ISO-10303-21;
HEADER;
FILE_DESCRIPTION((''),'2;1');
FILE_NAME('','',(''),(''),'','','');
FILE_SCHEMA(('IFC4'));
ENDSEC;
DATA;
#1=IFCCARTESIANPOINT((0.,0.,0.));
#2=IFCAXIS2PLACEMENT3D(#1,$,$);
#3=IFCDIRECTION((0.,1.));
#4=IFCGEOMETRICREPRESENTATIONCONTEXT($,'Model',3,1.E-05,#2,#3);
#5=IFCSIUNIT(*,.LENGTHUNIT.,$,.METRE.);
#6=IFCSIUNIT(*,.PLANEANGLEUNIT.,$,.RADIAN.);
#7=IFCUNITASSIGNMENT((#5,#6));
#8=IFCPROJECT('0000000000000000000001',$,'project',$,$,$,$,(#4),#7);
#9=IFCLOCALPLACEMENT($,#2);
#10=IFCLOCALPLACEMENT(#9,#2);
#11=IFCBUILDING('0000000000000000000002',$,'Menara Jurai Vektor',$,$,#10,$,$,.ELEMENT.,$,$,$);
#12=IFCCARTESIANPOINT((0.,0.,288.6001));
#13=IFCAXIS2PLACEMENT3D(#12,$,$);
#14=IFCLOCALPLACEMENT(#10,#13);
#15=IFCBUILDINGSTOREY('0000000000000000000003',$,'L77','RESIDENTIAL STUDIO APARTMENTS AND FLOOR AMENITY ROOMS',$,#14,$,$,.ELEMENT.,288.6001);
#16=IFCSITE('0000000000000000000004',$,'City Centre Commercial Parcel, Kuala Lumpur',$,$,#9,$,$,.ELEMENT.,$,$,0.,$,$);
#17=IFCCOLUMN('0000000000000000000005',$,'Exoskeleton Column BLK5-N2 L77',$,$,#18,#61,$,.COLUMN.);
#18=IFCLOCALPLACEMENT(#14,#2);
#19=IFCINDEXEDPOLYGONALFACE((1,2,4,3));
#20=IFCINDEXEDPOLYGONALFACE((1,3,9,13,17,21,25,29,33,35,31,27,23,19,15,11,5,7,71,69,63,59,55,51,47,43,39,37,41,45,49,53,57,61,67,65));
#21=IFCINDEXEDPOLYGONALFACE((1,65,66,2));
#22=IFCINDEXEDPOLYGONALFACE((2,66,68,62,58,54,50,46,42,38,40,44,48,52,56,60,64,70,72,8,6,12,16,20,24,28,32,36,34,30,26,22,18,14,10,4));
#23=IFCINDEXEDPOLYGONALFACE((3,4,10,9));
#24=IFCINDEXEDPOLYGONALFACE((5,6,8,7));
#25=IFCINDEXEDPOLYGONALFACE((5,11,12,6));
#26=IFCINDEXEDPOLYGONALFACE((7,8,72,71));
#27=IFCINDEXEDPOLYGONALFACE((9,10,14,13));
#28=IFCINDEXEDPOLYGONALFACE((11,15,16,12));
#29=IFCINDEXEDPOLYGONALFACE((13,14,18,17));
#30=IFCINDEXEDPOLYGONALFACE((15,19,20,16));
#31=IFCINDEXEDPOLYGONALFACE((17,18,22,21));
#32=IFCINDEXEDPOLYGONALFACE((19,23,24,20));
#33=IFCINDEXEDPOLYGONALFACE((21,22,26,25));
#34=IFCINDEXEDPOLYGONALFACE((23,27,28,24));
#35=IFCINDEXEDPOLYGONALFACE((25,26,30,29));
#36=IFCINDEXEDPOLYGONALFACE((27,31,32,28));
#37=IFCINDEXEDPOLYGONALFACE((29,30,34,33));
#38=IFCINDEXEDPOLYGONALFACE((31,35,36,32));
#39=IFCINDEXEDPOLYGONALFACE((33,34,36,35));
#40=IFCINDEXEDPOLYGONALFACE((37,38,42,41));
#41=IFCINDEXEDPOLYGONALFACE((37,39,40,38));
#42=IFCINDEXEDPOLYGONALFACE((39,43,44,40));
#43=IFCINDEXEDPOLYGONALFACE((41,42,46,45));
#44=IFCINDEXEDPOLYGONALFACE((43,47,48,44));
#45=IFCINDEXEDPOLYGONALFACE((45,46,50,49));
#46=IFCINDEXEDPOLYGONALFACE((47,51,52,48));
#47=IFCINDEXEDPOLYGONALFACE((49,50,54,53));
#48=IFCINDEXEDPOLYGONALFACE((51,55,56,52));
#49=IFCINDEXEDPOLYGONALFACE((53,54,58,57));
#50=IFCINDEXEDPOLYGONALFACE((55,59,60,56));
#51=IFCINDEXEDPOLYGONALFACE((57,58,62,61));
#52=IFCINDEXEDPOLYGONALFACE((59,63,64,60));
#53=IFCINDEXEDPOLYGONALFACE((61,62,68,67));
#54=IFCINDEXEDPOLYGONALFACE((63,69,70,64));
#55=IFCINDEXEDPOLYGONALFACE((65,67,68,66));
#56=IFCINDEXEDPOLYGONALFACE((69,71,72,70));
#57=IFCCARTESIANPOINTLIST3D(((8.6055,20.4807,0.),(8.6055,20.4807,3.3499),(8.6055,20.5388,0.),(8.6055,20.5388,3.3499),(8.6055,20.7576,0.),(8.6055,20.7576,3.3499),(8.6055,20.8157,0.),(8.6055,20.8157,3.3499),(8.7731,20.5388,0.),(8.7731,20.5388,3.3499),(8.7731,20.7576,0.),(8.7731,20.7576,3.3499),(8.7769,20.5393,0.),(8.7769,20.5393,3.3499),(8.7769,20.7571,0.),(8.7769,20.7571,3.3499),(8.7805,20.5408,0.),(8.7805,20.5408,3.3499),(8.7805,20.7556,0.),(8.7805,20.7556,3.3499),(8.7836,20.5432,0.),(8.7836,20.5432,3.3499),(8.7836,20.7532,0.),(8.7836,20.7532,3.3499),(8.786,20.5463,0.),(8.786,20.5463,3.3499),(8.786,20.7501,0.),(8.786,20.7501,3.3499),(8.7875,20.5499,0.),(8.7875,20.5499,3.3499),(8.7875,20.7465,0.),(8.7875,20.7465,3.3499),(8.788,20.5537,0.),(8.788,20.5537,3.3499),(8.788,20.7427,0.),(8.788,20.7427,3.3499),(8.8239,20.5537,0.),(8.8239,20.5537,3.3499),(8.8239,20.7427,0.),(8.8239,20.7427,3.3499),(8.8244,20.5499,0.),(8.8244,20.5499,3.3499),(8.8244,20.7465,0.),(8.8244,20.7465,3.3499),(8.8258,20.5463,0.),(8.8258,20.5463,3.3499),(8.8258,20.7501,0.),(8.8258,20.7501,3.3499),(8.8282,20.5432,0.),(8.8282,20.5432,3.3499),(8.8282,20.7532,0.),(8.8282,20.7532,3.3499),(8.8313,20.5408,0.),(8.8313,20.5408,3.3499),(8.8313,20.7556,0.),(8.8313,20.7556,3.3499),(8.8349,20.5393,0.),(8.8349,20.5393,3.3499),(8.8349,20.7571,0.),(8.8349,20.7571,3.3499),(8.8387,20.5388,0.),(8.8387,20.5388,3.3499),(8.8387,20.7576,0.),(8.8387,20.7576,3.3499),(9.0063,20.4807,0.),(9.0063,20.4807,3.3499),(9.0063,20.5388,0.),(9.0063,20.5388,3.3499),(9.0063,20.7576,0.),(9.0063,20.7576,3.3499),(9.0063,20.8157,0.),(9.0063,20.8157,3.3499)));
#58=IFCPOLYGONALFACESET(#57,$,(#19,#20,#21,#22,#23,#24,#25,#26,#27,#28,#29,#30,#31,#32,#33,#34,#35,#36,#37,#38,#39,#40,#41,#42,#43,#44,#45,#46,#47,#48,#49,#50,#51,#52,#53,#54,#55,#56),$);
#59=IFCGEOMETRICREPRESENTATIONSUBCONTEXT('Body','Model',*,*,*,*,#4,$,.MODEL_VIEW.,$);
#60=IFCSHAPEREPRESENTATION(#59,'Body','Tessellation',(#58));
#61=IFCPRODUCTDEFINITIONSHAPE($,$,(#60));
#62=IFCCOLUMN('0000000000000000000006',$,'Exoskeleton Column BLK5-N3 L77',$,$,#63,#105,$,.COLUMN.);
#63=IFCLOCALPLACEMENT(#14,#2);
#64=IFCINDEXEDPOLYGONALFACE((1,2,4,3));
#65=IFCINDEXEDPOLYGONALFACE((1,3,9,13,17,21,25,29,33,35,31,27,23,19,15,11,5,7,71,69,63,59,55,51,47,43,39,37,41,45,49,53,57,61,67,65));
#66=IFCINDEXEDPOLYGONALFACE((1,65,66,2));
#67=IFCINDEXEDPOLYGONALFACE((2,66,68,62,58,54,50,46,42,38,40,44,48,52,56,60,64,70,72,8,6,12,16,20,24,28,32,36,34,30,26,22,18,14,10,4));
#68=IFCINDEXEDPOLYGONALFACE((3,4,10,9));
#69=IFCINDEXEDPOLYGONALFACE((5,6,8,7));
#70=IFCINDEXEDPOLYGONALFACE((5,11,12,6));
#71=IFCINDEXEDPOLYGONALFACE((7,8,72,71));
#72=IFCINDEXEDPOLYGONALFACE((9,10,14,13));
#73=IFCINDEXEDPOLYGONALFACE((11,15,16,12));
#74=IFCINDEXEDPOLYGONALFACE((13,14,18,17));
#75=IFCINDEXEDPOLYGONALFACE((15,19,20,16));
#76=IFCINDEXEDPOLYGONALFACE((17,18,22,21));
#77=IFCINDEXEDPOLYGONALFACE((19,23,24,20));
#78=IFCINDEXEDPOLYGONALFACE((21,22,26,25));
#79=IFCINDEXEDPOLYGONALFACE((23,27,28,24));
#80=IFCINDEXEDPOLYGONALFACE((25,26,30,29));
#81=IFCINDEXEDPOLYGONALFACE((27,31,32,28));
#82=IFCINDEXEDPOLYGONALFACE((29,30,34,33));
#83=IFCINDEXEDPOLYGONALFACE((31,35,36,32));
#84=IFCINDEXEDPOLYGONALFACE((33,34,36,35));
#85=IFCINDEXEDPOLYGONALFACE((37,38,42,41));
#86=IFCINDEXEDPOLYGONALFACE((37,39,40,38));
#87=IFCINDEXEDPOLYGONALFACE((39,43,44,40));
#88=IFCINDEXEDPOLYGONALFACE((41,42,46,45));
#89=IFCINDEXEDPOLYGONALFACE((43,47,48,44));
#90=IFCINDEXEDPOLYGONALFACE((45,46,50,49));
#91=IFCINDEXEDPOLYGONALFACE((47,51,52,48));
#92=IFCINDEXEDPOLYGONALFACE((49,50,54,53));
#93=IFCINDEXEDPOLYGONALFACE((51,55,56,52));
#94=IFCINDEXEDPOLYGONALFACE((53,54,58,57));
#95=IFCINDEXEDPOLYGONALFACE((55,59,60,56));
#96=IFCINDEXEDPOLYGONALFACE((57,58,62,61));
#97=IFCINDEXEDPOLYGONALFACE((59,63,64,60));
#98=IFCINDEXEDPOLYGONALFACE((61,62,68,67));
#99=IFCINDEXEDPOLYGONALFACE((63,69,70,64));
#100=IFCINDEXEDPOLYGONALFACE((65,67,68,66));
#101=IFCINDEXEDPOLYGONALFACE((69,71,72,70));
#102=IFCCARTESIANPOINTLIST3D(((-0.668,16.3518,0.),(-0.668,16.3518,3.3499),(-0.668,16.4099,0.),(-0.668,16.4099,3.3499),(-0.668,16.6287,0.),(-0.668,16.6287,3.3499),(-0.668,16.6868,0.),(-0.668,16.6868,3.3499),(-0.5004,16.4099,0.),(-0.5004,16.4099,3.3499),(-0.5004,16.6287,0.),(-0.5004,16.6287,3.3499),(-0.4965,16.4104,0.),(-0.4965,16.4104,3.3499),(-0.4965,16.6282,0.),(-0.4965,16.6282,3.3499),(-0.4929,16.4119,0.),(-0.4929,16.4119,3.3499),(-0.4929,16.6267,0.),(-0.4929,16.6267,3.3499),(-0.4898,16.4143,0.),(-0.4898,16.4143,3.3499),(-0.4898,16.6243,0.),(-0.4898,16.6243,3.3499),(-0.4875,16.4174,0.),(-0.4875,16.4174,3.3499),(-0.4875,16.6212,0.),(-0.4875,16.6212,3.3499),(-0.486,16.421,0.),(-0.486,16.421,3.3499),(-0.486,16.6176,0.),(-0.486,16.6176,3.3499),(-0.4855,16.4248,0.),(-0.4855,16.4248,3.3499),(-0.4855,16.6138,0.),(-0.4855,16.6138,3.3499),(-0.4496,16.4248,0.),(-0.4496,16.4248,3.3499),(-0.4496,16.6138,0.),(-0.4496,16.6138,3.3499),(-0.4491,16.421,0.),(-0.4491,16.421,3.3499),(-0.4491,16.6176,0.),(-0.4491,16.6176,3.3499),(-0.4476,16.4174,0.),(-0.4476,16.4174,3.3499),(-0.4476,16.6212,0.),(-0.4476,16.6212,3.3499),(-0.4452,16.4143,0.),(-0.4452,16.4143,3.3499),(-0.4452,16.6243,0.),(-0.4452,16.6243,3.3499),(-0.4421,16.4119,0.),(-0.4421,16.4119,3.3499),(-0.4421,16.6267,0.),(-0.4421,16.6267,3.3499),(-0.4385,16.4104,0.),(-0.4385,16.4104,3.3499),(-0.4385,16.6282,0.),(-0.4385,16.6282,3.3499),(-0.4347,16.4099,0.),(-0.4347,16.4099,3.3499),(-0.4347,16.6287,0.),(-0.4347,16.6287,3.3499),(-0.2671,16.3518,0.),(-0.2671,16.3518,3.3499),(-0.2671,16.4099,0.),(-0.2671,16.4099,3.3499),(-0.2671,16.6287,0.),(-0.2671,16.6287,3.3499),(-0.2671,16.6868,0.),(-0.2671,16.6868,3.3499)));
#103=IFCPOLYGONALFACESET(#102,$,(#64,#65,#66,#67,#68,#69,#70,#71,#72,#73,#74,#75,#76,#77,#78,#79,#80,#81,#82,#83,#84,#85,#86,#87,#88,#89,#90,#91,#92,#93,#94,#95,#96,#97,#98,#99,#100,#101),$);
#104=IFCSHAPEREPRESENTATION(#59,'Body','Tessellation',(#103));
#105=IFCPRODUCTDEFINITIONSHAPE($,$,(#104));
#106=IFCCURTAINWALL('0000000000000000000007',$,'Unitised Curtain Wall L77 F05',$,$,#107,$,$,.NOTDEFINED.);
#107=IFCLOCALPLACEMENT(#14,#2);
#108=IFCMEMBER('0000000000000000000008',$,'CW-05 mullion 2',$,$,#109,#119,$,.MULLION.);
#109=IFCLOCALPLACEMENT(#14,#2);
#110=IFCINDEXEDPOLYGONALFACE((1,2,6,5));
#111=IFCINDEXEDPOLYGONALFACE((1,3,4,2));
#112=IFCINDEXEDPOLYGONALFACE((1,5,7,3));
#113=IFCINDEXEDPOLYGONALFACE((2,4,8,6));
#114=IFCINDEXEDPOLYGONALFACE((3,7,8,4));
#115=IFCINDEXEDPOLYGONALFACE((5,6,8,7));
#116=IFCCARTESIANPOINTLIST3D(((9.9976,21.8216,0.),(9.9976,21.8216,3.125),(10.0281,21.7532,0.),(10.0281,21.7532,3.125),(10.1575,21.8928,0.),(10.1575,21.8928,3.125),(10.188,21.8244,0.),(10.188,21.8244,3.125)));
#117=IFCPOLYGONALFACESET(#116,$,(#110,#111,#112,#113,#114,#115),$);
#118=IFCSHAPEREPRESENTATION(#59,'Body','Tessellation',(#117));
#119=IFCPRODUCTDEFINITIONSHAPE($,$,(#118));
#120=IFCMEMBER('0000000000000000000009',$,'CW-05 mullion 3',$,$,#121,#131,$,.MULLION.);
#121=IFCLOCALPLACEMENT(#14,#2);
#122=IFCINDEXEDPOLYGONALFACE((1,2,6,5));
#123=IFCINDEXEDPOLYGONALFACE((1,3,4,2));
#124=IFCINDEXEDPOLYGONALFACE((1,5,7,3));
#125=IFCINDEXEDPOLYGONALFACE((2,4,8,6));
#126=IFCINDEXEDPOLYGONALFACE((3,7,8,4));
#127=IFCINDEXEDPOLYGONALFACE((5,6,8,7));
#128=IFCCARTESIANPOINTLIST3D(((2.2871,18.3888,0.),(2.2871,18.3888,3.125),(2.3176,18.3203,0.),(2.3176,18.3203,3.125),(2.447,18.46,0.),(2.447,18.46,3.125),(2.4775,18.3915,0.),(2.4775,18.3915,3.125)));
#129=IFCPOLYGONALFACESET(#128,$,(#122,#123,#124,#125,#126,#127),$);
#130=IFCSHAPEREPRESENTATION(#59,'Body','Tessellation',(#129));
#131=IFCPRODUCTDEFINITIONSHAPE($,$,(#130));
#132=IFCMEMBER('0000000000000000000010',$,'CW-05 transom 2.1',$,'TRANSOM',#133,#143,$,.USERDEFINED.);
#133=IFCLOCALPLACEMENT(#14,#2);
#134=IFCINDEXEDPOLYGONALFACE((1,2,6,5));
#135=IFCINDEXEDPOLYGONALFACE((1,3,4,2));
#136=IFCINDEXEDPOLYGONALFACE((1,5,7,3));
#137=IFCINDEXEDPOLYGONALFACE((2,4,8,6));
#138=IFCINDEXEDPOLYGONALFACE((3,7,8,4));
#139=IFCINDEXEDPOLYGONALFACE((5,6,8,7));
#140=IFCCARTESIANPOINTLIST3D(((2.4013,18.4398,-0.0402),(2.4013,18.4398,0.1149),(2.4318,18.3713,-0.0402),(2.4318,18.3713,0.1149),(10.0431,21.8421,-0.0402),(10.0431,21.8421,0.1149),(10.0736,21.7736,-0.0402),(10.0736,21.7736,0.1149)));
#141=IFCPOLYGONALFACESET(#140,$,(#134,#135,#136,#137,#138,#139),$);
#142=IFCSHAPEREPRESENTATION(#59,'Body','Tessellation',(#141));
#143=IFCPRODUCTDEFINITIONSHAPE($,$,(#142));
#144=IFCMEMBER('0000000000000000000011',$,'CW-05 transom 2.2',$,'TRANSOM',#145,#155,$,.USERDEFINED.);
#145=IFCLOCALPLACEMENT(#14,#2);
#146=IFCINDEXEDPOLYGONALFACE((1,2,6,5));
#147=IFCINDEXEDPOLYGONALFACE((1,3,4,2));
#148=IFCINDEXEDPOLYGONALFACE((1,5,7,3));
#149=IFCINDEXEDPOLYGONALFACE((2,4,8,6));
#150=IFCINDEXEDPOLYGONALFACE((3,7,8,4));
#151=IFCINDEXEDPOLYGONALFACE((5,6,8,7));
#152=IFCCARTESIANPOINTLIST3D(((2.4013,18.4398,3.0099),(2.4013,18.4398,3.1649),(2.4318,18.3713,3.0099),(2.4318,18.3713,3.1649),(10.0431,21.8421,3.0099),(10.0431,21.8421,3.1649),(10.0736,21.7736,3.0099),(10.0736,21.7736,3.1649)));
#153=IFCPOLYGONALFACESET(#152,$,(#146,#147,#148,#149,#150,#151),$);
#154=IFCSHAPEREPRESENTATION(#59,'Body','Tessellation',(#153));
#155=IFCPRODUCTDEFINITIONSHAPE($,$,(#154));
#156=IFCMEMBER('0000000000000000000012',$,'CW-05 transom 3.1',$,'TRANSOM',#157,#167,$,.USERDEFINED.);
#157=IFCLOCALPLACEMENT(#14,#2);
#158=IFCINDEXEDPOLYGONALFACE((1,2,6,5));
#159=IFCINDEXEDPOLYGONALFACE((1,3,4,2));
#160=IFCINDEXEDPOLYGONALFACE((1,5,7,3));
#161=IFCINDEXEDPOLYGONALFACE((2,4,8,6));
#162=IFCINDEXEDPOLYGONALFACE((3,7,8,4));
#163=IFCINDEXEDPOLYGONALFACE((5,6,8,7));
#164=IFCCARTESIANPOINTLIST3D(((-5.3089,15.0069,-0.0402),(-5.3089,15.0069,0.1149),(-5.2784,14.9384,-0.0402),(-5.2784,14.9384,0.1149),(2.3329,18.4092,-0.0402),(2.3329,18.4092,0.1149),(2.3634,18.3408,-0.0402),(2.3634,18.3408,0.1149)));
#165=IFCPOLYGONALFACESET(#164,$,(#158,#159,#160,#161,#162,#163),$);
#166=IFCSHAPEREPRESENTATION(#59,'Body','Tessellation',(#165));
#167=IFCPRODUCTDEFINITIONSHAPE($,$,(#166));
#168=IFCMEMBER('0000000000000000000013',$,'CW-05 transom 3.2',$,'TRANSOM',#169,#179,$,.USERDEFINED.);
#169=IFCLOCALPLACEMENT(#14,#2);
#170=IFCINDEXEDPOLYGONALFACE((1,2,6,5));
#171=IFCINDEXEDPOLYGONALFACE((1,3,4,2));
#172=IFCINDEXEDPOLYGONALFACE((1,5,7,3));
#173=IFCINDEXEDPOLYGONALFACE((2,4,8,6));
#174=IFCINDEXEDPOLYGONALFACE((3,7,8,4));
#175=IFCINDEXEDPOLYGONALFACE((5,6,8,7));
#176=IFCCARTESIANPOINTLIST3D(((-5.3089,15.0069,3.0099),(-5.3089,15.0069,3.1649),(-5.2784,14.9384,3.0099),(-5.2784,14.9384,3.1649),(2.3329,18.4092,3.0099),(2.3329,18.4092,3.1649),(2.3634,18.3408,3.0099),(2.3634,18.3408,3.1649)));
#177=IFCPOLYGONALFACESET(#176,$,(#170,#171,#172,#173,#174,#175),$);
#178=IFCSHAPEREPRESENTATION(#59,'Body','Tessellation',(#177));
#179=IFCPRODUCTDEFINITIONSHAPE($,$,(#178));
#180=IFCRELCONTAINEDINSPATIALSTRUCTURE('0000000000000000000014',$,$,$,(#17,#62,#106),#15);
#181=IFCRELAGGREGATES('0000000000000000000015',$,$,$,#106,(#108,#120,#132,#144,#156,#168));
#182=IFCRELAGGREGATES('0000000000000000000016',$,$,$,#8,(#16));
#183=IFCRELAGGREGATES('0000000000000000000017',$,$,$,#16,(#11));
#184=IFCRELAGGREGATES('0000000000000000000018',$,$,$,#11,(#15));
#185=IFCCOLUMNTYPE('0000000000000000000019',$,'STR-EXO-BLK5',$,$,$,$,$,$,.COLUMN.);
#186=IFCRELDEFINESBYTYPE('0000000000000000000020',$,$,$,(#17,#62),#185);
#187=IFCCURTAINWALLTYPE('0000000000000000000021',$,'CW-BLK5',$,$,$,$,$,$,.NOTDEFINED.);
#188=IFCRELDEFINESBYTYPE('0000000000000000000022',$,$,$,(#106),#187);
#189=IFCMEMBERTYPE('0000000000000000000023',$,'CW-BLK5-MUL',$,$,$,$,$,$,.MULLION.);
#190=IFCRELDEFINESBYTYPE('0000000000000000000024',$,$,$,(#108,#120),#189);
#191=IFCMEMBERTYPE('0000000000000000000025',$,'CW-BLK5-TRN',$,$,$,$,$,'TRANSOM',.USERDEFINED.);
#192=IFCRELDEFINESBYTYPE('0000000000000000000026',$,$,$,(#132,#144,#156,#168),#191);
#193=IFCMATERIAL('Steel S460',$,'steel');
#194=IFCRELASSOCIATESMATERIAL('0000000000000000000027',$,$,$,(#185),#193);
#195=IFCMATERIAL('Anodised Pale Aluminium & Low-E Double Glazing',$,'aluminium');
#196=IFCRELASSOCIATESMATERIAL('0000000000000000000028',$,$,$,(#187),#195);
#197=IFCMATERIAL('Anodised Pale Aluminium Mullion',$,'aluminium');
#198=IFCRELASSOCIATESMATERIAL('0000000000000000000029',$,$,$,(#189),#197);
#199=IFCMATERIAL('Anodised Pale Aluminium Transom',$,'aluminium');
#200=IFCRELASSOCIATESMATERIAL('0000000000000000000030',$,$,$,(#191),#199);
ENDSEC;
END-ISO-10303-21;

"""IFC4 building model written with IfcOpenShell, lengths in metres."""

from ifc_helpers import new_model, si_unit, direction, frame, origin, origin_2d, place, context, subcontext, project, spatial, rectangle, i_section, extrude, material, material_profile, profile_set, type_object, element, aggregate, save


model = new_model("IFC4")

# Units and contexts
model_context = context("Model", 3, precision=1e-05, world=origin(), true_north=direction((0.0, 1.0)))
body_context = subcontext(model_context, "Body", "Model", "MODEL_VIEW")
ifc_project = project(units=[si_unit("LENGTHUNIT", "METRE"), si_unit("PLANEANGLEUNIT", "RADIAN")], contexts=[model_context])

# Site, building, storey
site_placement = place(None, origin())
site = spatial("IfcSite", under=ifc_project, at=site_placement, Name="City Centre Commercial Parcel, Kuala Lumpur", CompositionType="ELEMENT", RefElevation=0.0)
building_placement = place(site_placement, origin())
building = spatial("IfcBuilding", under=site, at=building_placement, Name="Menara Jurai Vektor", CompositionType="ELEMENT")
storey_placement = place(building_placement, frame((0.0, 0.0, 288.6001)))
storey = spatial("IfcBuildingStorey", under=building, at=storey_placement, Name="L77", Description="RESIDENTIAL STUDIO APARTMENTS AND FLOOR AMENITY ROOMS", CompositionType="ELEMENT", Elevation=288.6001)

# Columns
ifc_material_1 = material(Name="Steel S460", Category="steel")
ifc_material_profile_1 = material_profile(ifc_material_1, i_section(OverallWidth=0.4009, OverallDepth=0.335, WebThickness=0.0359, FlangeThickness=0.0581, FilletRadius=0.0149, at=origin_2d()), Name="HD 400x463")
ifc_profile_set_1 = profile_set([ifc_material_profile_1], Name="Steel S460")
column_type = type_object("IfcColumnType", Name="STR-EXO-BLK5", PredefinedType="COLUMN", material=ifc_profile_set_1)
for number, where, z_axis, x_axis, name in (
    (1, (8.8059, 20.6482, 0.0), (0.0, 0.0, 1.0), (1.0, 0.0, 0.0), "Exoskeleton Column BLK5-N2 L77"),
    (2, (-0.4675, 16.5193, 0.0), (0.0, 0.0, 1.0), (1.0, 0.0, 0.0), "Exoskeleton Column BLK5-N3 L77"),
):
    element("IfcColumn", number, at=place(storey_placement, frame(where, z_axis=z_axis, x_axis=x_axis)), inside=storey, type_object=column_type, Name=name, PredefinedType="COLUMN", context=body_context, shape_type="SweptSolid", body=[
        extrude(i_section(OverallWidth=0.4009, OverallDepth=0.335, WebThickness=0.0359, FlangeThickness=0.0581, FilletRadius=0.0149, at=origin_2d()), origin(), (0.0, 0.0, 1.0), 3.3499),
    ])

# Curtain wall, members
ifc_material_2 = material(Name="Anodised Pale Aluminium & Low-E Double Glazing", Category="aluminium")
curtain_wall_type = type_object("IfcCurtainWallType", Name="CW-BLK5", PredefinedType="NOTDEFINED", material=ifc_material_2)
curtain_wall_placement = place(storey_placement, origin())
curtain_wall = element("IfcCurtainWall", 3, at=curtain_wall_placement, inside=storey, type_object=curtain_wall_type, Name="Unitised Curtain Wall L77 F05", PredefinedType="NOTDEFINED")
ifc_material_3 = material(Name="Anodised Pale Aluminium Mullion", Category="aluminium")
ifc_material_profile_2 = material_profile(ifc_material_3, rectangle(XDim=0.075, YDim=0.175, at=origin_2d()), Name="ALU MUL 75x175")
ifc_profile_set_2 = profile_set([ifc_material_profile_2], Name="Anodised Pale Aluminium Mullion")
member_type_1 = type_object("IfcMemberType", Name="CW-BLK5-MUL", PredefinedType="MULLION", material=ifc_profile_set_2)
member_1_placement = place(storey_placement, frame((10.0928, 21.823, 0.0), z_axis=(0.0, 0.0, 1.0), x_axis=(0.406735, -0.913546, 0.0)))
member_1 = element("IfcMember", 4, at=member_1_placement, type_object=member_type_1, Name="CW-05 mullion 2", PredefinedType="MULLION", context=body_context, shape_type="SweptSolid", body=[
    extrude(rectangle(XDim=0.075, YDim=0.175, at=origin_2d()), origin(), (0.0, 0.0, 1.0), 3.125),
])
member_2_placement = place(storey_placement, frame((2.3823, 18.3901, 0.0), z_axis=(0.0, 0.0, 1.0), x_axis=(0.406735, -0.913546, 0.0)))
member_2 = element("IfcMember", 5, at=member_2_placement, type_object=member_type_1, Name="CW-05 mullion 3", PredefinedType="MULLION", context=body_context, shape_type="SweptSolid", body=[
    extrude(rectangle(XDim=0.075, YDim=0.175, at=origin_2d()), origin(), (0.0, 0.0, 1.0), 3.125),
])
ifc_material_4 = material(Name="Anodised Pale Aluminium Transom", Category="aluminium")
ifc_material_profile_3 = material_profile(ifc_material_4, rectangle(XDim=0.075, YDim=0.155, at=origin_2d()), Name="ALU TRN 75x155")
ifc_profile_set_3 = profile_set([ifc_material_profile_3], Name="Anodised Pale Aluminium Transom")
member_type_2 = type_object("IfcMemberType", Name="CW-BLK5-TRN", ElementType="TRANSOM", PredefinedType="USERDEFINED", material=ifc_profile_set_3)
member_3_placement = place(storey_placement, frame((10.0583, 21.8079, 0.0374), z_axis=(-0.913547, -0.406734, 0.0), x_axis=(0.406734, -0.913547, 0.0)))
member_3 = element("IfcMember", 6, at=member_3_placement, type_object=member_type_2, Name="CW-05 transom 2.1", ObjectType="TRANSOM", PredefinedType="USERDEFINED", context=body_context, shape_type="SweptSolid", body=[
    extrude(rectangle(XDim=0.075, YDim=0.155, at=origin_2d()), origin(), (0.0, 0.0, 1.0), 8.365),
])
member_4_placement = place(storey_placement, frame((10.0583, 21.8079, 3.0874), z_axis=(-0.913547, -0.406734, 0.0), x_axis=(0.406734, -0.913547, 0.0)))
member_4 = element("IfcMember", 7, at=member_4_placement, type_object=member_type_2, Name="CW-05 transom 2.2", ObjectType="TRANSOM", PredefinedType="USERDEFINED", context=body_context, shape_type="SweptSolid", body=[
    extrude(rectangle(XDim=0.075, YDim=0.155, at=origin_2d()), origin(), (0.0, 0.0, 1.0), 8.365),
])
member_5_placement = place(storey_placement, frame((2.3481, 18.375, 0.0374), z_axis=(-0.913547, -0.406734, 0.0), x_axis=(0.406734, -0.913547, 0.0)))
member_5 = element("IfcMember", 8, at=member_5_placement, type_object=member_type_2, Name="CW-05 transom 3.1", ObjectType="TRANSOM", PredefinedType="USERDEFINED", context=body_context, shape_type="SweptSolid", body=[
    extrude(rectangle(XDim=0.075, YDim=0.155, at=origin_2d()), origin(), (0.0, 0.0, 1.0), 8.365),
])
member_6_placement = place(storey_placement, frame((2.3481, 18.375, 3.0874), z_axis=(-0.913547, -0.406734, 0.0), x_axis=(0.406734, -0.913547, 0.0)))
member_6 = element("IfcMember", 9, at=member_6_placement, type_object=member_type_2, Name="CW-05 transom 3.2", ObjectType="TRANSOM", PredefinedType="USERDEFINED", context=body_context, shape_type="SweptSolid", body=[
    extrude(rectangle(XDim=0.075, YDim=0.155, at=origin_2d()), origin(), (0.0, 0.0, 1.0), 8.365),
])

aggregate(curtain_wall, [member_1, member_2, member_3, member_4, member_5, member_6])

save(model, "model.ifc")
